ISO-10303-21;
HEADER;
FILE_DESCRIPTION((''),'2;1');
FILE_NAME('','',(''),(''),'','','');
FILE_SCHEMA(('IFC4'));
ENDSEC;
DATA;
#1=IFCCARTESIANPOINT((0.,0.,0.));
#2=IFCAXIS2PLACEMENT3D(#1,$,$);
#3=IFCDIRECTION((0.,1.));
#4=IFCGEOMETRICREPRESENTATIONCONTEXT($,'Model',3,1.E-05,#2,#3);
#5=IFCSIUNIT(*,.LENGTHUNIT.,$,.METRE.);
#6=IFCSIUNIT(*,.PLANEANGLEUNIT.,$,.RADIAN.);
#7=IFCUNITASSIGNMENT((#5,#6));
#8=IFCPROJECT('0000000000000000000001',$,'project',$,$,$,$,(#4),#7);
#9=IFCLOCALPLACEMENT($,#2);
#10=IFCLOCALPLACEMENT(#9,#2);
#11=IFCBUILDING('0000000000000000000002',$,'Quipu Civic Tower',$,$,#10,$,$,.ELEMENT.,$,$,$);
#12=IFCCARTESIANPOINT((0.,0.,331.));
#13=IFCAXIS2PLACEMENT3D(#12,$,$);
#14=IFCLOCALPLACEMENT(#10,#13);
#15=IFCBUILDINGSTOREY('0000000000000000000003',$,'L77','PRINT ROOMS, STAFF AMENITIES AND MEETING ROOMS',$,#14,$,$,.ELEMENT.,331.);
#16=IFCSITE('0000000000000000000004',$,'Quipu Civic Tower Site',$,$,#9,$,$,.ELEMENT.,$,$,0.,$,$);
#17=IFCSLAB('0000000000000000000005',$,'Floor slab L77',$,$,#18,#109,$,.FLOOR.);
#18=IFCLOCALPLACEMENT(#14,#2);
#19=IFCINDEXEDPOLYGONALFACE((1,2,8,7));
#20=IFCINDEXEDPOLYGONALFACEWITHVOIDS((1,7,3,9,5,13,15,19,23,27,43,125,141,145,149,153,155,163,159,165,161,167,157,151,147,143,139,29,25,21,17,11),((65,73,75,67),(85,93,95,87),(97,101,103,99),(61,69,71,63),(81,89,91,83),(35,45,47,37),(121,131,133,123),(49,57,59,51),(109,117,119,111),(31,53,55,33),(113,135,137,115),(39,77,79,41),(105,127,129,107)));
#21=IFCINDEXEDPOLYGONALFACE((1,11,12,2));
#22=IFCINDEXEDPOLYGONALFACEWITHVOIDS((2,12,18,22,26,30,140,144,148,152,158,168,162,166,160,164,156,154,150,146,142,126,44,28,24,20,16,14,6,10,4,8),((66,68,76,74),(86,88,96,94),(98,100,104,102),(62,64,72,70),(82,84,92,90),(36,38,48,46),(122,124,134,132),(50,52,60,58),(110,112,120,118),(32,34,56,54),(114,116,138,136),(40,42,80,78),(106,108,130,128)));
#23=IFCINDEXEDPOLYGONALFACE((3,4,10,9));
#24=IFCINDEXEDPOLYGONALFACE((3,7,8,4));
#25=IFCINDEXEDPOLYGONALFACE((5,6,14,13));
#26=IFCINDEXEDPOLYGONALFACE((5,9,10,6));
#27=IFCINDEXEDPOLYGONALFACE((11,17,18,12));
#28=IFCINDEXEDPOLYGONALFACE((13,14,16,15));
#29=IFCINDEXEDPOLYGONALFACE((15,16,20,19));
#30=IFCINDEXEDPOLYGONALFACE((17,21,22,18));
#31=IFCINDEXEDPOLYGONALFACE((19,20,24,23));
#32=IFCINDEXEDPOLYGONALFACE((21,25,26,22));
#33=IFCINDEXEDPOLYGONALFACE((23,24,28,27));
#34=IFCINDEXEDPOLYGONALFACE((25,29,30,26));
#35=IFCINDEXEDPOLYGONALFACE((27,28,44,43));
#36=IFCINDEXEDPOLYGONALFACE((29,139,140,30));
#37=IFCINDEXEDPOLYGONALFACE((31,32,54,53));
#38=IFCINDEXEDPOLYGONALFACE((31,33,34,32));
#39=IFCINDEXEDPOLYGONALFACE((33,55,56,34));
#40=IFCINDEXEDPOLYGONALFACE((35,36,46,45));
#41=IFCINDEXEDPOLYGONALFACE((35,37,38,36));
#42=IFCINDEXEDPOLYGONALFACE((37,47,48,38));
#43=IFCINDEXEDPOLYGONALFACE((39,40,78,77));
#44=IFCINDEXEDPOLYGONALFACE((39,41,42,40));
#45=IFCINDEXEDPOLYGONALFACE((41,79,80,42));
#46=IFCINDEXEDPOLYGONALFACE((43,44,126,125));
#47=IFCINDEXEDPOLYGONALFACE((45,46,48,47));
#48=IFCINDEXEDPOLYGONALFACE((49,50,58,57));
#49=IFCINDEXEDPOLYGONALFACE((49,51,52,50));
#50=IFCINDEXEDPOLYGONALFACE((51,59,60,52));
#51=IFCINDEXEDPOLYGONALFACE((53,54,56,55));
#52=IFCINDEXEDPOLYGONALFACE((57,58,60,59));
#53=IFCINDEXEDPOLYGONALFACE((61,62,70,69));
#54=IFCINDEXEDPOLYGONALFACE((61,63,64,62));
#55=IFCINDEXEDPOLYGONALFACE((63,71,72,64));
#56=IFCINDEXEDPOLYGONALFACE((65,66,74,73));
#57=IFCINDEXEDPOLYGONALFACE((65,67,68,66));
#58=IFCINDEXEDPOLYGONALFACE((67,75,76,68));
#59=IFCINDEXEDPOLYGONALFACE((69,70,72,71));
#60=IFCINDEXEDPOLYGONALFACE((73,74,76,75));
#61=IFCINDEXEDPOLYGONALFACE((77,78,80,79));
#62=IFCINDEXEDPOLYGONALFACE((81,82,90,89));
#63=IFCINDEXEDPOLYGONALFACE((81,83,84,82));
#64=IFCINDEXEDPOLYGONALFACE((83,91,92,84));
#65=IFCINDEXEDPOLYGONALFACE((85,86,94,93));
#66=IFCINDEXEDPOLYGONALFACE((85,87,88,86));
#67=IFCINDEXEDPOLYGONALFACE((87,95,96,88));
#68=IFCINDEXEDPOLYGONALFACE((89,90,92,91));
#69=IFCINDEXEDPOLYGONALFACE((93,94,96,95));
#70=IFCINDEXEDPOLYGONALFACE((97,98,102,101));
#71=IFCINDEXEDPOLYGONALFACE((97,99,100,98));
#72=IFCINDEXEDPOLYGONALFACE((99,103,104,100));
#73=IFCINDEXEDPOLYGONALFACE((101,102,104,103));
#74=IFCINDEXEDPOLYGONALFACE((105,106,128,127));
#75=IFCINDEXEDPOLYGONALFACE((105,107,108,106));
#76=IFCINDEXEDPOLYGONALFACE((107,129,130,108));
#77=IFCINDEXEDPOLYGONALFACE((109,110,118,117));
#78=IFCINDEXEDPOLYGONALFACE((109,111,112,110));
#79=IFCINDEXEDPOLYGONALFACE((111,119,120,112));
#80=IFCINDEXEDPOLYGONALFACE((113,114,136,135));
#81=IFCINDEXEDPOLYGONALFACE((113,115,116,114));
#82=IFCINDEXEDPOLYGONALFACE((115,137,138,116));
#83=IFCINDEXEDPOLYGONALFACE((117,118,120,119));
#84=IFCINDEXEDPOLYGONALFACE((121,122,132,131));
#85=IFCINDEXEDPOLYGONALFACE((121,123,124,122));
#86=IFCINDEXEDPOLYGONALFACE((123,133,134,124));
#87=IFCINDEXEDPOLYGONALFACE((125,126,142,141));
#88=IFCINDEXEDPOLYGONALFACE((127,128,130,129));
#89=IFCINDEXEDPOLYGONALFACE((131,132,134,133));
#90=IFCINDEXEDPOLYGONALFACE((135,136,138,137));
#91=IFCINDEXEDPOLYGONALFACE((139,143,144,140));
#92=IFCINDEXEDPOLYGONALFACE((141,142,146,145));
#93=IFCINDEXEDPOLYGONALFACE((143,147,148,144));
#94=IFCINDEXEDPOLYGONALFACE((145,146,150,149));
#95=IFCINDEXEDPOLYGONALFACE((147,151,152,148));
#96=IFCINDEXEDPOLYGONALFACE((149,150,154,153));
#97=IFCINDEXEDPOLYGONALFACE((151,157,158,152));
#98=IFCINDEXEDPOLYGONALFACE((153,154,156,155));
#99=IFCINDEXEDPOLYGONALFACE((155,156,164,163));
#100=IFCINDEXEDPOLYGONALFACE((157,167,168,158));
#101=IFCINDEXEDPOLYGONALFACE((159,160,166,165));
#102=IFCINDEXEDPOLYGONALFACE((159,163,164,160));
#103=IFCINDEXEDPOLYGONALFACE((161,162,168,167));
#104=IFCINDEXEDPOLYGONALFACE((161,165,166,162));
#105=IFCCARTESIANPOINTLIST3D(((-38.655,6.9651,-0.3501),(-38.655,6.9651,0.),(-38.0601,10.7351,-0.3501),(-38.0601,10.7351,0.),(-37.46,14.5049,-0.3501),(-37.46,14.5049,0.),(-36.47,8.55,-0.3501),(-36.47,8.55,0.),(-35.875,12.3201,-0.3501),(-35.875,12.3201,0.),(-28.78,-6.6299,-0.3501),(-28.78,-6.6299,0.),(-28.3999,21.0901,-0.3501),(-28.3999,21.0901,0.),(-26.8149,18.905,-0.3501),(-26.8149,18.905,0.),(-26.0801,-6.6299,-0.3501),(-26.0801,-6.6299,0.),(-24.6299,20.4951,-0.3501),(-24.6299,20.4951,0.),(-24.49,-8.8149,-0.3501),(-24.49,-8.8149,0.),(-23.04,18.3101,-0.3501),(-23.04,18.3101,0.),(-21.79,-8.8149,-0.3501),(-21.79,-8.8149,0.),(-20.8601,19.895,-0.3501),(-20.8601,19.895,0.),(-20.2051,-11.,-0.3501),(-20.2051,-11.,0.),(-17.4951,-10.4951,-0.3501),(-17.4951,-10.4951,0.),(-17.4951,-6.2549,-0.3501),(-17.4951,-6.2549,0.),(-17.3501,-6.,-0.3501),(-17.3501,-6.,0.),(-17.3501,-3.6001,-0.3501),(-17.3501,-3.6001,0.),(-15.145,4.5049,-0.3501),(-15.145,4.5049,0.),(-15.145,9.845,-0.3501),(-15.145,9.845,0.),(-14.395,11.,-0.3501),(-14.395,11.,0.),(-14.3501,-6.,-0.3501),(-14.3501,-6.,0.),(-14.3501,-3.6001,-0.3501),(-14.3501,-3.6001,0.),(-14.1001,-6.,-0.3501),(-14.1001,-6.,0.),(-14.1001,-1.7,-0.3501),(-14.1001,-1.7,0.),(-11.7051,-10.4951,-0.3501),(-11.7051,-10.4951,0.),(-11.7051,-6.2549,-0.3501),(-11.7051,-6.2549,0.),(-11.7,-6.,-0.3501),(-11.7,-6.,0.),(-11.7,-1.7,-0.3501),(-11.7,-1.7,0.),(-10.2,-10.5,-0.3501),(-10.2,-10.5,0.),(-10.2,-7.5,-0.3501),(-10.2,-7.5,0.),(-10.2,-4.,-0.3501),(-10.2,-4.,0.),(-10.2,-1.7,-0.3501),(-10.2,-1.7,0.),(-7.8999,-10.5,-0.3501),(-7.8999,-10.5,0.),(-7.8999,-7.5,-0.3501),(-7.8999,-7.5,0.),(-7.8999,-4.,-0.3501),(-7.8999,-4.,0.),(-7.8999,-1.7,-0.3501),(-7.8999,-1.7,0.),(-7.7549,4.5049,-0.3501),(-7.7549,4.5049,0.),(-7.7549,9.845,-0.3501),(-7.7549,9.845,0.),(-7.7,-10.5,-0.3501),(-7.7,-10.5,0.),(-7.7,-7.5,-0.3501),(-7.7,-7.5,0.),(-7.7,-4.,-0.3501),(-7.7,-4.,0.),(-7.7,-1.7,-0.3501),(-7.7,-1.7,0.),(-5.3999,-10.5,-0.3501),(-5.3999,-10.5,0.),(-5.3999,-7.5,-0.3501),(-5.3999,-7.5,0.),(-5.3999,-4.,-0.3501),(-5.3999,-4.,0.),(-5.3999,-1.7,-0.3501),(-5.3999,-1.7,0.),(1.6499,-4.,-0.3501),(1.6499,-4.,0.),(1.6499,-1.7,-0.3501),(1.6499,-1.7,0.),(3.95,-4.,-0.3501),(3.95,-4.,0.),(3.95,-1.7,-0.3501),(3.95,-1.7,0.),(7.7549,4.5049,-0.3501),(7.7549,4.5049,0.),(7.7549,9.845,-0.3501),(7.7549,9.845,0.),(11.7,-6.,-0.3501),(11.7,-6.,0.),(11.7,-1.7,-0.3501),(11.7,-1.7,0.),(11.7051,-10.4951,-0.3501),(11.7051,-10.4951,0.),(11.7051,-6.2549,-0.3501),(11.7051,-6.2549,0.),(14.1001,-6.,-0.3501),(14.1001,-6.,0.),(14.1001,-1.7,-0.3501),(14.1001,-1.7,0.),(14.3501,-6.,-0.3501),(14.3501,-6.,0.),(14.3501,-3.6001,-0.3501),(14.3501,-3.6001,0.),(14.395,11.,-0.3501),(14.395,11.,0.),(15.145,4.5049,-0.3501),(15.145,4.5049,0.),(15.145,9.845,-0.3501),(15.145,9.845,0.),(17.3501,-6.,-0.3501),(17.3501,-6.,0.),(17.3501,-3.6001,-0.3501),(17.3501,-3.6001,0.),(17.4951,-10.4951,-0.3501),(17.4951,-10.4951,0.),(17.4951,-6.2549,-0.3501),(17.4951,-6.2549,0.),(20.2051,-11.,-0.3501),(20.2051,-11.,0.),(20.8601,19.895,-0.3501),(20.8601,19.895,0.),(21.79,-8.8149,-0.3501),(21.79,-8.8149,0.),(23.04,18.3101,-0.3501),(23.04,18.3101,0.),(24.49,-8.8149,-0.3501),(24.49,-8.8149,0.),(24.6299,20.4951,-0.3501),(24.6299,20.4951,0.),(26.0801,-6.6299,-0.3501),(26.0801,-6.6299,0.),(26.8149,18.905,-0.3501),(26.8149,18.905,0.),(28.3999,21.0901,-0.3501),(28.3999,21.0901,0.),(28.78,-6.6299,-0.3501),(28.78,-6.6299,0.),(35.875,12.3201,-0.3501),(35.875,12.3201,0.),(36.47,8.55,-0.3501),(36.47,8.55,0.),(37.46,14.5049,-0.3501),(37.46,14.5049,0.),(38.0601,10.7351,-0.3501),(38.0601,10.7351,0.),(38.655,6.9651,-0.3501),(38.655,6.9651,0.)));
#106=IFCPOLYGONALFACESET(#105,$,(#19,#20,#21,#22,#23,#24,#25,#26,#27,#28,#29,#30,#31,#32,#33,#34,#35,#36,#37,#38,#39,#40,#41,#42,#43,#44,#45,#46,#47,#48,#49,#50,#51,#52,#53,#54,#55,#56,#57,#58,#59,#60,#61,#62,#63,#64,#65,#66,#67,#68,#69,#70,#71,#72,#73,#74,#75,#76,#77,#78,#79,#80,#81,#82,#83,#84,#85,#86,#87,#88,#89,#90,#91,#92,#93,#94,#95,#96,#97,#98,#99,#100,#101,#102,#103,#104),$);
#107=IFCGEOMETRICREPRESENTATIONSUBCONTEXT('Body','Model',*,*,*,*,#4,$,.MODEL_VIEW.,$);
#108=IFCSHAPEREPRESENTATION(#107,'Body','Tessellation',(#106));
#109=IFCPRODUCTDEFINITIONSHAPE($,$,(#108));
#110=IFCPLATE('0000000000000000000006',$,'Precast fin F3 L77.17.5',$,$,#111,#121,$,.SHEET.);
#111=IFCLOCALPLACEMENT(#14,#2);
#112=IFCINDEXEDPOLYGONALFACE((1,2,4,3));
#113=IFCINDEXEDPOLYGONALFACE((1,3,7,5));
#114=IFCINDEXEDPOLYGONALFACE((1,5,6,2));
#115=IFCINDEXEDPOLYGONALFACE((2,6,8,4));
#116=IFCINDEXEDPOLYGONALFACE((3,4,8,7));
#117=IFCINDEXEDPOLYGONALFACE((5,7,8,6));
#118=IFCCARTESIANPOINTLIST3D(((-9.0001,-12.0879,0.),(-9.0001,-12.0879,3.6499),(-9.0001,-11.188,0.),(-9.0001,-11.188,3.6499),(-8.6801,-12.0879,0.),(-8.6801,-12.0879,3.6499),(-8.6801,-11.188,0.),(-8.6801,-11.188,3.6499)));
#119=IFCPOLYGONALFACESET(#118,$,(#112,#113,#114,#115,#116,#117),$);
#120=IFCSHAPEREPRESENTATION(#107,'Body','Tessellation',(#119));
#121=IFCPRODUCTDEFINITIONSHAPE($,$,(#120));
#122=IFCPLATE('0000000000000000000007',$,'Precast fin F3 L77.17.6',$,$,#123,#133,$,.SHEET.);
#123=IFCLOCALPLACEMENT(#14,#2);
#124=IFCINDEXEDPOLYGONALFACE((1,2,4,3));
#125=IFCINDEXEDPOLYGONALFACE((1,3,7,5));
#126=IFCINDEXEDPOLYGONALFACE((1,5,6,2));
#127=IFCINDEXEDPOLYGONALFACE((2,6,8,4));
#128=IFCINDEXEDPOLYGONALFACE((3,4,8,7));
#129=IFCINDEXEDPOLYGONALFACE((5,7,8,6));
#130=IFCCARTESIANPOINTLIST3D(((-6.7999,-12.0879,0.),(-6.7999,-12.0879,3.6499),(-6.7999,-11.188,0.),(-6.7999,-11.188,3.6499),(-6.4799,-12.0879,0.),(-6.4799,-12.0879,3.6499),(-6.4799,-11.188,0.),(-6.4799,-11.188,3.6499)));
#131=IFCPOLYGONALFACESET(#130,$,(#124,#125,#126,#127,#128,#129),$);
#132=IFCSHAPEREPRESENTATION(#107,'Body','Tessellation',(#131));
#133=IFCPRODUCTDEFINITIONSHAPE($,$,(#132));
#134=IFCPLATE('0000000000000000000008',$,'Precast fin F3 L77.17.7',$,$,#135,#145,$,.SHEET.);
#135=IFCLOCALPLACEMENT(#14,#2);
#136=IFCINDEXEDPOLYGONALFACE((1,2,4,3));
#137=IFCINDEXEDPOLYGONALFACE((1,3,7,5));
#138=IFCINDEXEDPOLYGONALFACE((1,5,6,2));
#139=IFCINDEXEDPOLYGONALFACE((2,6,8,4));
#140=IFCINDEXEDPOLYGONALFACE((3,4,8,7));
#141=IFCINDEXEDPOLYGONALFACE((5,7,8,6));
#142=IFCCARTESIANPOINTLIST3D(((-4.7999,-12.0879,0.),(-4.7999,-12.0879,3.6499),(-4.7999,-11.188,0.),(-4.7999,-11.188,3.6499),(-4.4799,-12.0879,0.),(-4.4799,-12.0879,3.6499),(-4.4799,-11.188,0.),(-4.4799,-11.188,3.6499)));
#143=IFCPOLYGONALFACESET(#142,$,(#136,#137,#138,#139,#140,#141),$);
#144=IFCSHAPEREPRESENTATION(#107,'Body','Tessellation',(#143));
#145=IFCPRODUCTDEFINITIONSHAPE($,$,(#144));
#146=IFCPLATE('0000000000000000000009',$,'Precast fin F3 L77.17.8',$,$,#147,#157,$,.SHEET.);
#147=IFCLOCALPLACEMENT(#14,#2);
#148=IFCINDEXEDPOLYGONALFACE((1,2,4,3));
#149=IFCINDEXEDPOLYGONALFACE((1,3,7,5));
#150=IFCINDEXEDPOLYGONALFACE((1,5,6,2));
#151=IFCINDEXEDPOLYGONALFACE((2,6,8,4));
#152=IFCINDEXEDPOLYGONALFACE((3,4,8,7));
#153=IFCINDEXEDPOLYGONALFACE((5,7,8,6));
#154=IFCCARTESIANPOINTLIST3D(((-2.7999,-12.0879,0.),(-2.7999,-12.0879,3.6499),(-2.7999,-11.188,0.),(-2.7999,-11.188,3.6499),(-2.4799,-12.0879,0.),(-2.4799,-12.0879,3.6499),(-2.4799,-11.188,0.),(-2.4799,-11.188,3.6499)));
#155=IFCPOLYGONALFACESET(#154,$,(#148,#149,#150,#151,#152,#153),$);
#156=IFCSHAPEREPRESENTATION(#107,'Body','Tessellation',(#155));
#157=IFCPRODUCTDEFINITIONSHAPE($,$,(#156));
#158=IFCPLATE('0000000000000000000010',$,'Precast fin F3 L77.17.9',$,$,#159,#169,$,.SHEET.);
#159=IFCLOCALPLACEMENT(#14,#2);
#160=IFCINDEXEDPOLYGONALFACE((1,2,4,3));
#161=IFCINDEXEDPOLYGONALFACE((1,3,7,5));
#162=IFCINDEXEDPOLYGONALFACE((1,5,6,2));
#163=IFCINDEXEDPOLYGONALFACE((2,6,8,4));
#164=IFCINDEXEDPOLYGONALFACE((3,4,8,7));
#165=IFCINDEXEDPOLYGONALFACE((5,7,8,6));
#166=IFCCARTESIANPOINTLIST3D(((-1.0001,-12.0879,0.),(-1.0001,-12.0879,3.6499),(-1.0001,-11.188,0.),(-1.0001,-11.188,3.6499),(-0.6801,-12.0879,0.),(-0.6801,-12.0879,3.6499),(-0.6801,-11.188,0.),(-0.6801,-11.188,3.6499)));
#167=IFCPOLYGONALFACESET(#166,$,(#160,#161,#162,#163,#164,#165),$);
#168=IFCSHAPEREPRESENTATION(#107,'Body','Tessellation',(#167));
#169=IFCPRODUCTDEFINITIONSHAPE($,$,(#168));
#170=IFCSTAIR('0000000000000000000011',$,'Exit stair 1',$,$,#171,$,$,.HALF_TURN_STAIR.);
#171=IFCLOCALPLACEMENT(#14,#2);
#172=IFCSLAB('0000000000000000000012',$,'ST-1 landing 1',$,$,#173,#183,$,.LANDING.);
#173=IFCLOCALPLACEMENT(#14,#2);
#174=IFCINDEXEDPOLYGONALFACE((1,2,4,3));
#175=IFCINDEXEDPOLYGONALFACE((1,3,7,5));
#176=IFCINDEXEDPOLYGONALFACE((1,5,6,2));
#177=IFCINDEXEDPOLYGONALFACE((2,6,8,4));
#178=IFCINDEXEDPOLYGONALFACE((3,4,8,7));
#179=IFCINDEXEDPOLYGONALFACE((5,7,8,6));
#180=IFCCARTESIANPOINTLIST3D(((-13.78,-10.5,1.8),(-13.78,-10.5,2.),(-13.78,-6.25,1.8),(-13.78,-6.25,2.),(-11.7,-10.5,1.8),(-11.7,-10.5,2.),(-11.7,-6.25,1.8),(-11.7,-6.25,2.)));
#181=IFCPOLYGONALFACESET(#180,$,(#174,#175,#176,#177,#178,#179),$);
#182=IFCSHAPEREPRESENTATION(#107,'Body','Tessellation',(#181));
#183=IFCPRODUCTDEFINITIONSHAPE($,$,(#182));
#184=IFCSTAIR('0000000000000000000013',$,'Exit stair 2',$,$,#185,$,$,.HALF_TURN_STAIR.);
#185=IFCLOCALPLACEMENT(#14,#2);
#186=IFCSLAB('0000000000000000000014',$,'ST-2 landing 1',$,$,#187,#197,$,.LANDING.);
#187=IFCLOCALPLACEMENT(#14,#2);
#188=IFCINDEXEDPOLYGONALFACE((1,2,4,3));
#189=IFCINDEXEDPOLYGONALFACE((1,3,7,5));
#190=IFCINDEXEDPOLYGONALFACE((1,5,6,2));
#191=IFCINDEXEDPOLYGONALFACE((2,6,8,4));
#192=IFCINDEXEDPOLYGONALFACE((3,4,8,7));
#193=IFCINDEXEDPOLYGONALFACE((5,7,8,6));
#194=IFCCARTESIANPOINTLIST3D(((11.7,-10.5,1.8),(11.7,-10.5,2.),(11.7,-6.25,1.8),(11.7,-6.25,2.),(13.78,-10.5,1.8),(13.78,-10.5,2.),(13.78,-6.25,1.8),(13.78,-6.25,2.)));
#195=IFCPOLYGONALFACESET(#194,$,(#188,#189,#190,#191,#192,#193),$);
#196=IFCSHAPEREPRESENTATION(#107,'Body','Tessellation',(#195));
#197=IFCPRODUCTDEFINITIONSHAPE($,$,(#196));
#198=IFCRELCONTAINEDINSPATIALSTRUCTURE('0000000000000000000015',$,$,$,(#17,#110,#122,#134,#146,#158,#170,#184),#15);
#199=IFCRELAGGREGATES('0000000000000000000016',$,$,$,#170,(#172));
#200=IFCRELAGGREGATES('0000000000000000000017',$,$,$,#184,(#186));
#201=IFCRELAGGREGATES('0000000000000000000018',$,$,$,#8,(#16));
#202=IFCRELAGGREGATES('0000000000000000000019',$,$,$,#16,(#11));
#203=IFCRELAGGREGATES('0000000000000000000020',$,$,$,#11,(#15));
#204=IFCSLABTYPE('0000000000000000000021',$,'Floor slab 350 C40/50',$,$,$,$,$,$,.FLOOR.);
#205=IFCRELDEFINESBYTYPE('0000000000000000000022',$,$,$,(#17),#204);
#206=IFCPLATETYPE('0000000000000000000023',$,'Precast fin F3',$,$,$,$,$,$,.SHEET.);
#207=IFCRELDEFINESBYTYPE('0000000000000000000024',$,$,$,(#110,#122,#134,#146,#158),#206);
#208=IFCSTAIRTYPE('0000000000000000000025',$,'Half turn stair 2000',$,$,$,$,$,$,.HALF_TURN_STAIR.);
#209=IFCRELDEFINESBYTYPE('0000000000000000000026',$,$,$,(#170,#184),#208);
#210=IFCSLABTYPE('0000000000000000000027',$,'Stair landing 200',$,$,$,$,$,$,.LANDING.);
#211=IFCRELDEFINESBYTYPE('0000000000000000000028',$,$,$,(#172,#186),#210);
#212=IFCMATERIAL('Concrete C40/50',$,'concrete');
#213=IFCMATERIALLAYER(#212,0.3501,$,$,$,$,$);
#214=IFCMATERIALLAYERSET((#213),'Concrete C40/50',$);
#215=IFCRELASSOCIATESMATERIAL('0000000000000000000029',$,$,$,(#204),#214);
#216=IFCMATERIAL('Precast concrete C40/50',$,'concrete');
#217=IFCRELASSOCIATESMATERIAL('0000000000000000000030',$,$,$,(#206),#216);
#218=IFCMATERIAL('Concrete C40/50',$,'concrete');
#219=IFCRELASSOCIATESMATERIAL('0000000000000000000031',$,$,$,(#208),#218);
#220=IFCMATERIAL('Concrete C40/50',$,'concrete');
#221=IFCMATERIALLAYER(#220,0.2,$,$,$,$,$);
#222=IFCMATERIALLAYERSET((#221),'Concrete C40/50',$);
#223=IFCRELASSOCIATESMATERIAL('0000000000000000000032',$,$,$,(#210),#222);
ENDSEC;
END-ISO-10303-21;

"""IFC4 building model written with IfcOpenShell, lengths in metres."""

from ifc_helpers import new_model, si_unit, direction, frame, origin, origin_2d, place, context, subcontext, project, spatial, polyline, rectangle, outline, extrude, material, layer, layer_set, type_object, element, aggregate, save


model = new_model("IFC4")

# Units and contexts
model_context = context("Model", 3, precision=1e-05, world=origin(), true_north=direction((0.0, 1.0)))
body_context = subcontext(model_context, "Body", "Model", "MODEL_VIEW")
ifc_project = project(units=[si_unit("LENGTHUNIT", "METRE"), si_unit("PLANEANGLEUNIT", "RADIAN")], contexts=[model_context])

# Site, building, storey
site_placement = place(None, origin())
site = spatial("IfcSite", under=ifc_project, at=site_placement, Name="Quipu Civic Tower Site", CompositionType="ELEMENT", RefElevation=0.0)
building_placement = place(site_placement, origin())
building = spatial("IfcBuilding", under=site, at=building_placement, Name="Quipu Civic Tower", CompositionType="ELEMENT")
storey_placement = place(building_placement, frame((0.0, 0.0, 331.0)))
storey = spatial("IfcBuildingStorey", under=building, at=storey_placement, Name="L77", Description="PRINT ROOMS, STAFF AMENITIES AND MEETING ROOMS", CompositionType="ELEMENT", Elevation=331.0)

# Slab
ifc_material_1 = material(Name="Concrete C40/50", Category="concrete")
ifc_layer_1 = layer(ifc_material_1, 0.3501)
ifc_layer_set_1 = layer_set([ifc_layer_1], Name="Concrete C40/50")
slab_type_1 = type_object("IfcSlabType", Name="Floor slab 350 C40/50", PredefinedType="FLOOR", material=ifc_layer_set_1)
slab_1_placement = place(storey_placement, frame((0.0, 0.0, -0.3501)))
element("IfcSlab", 1, at=slab_1_placement, inside=storey, type_object=slab_type_1, Name="Floor slab L77", PredefinedType="FLOOR", context=body_context, shape_type="SweptSolid", body=[
    extrude(outline(polyline([(20.8601, 19.895), (23.04, 18.3101), (24.6299, 20.4951), (26.8149, 18.905), (28.3999, 21.0901), (37.46, 14.5049), (35.875, 12.3201), (38.0601, 10.7351), (36.47, 8.55), (38.655, 6.9651), (28.78, -6.6299), (26.0801, -6.6299), (24.49, -8.8149), (21.79, -8.8149), (20.2051, -11.0), (-20.2051, -11.0), (-21.79, -8.8149), (-24.49, -8.8149), (-26.0801, -6.6299), (-28.78, -6.6299), (-38.655, 6.9651), (-36.47, 8.55), (-38.0601, 10.7351), (-35.875, 12.3201), (-37.46, 14.5049), (-28.3999, 21.0901), (-26.8149, 18.905), (-24.6299, 20.4951), (-23.04, 18.3101), (-20.8601, 19.895), (-14.395, 11.0), (14.395, 11.0), (20.8601, 19.895)]), holes=[polyline([(-10.2, -10.5), (-7.8999, -10.5), (-7.8999, -7.5), (-10.2, -7.5), (-10.2, -10.5)]), polyline([(-7.7, -7.5), (-7.7, -10.5), (-5.3999, -10.5), (-5.3999, -7.5), (-7.7, -7.5)]), polyline([(-11.7051, -6.2549), (-17.4951, -6.2549), (-17.4951, -10.4951), (-11.7051, -10.4951), (-11.7051, -6.2549)]), polyline([(-17.3501, -6.0), (-14.3501, -6.0), (-14.3501, -3.6001), (-17.3501, -3.6001), (-17.3501, -6.0)]), polyline([(-14.1001, -1.7), (-14.1001, -6.0), (-11.7, -6.0), (-11.7, -1.7), (-14.1001, -1.7)]), polyline([(-10.2, -1.7), (-10.2, -4.0), (-7.8999, -4.0), (-7.8999, -1.7), (-10.2, -1.7)]), polyline([(-15.145, 9.845), (-15.145, 4.5049), (-7.7549, 4.5049), (-7.7549, 9.845), (-15.145, 9.845)]), polyline([(11.7051, -10.4951), (17.4951, -10.4951), (17.4951, -6.2549), (11.7051, -6.2549), (11.7051, -10.4951)]), polyline([(14.3501, -3.6001), (14.3501, -6.0), (17.3501, -6.0), (17.3501, -3.6001), (14.3501, -3.6001)]), polyline([(11.7, -1.7), (11.7, -6.0), (14.1001, -6.0), (14.1001, -1.7), (11.7, -1.7)]), polyline([(-7.7, -1.7), (-7.7, -4.0), (-5.3999, -4.0), (-5.3999, -1.7), (-7.7, -1.7)]), polyline([(1.6499, -1.7), (1.6499, -4.0), (3.95, -4.0), (3.95, -1.7), (1.6499, -1.7)]), polyline([(7.7549, 4.5049), (15.145, 4.5049), (15.145, 9.845), (7.7549, 9.845), (7.7549, 4.5049)])]), origin(), (0.0, 0.0, 1.0), 0.3501),
])

# Plates
ifc_material_2 = material(Name="Precast concrete C40/50", Category="concrete")
plate_type = type_object("IfcPlateType", Name="Precast fin F3", PredefinedType="SHEET", material=ifc_material_2)
for number, where, z_axis, x_axis, name in (
    (2, (-8.8401, -11.6379, 0.0), (0.0, 0.0, 1.0), (1.0, 0.0, 0.0), "Precast fin F3 L77.17.5"),
    (3, (-6.6399, -11.6379, 0.0), (0.0, 0.0, 1.0), (1.0, 0.0, 0.0), "Precast fin F3 L77.17.6"),
    (4, (-4.6399, -11.6379, 0.0), (0.0, 0.0, 1.0), (1.0, 0.0, 0.0), "Precast fin F3 L77.17.7"),
    (5, (-2.6399, -11.6379, 0.0), (0.0, 0.0, 1.0), (1.0, 0.0, 0.0), "Precast fin F3 L77.17.8"),
    (6, (-0.8401, -11.6379, 0.0), (0.0, 0.0, 1.0), (1.0, 0.0, 0.0), "Precast fin F3 L77.17.9"),
):
    element("IfcPlate", number, at=place(storey_placement, frame(where, z_axis=z_axis, x_axis=x_axis)), inside=storey, type_object=plate_type, Name=name, PredefinedType="SHEET", context=body_context, shape_type="SweptSolid", body=[
        extrude(rectangle(XDim=0.3201, YDim=0.8999, at=origin_2d()), origin(), (0.0, 0.0, 1.0), 3.6499),
    ])

# Stairs, slabs
ifc_material_3 = material(Name="Concrete C40/50", Category="concrete")
stair_type_1 = type_object("IfcStairType", Name="Half turn stair 2000", PredefinedType="HALF_TURN_STAIR", material=ifc_material_3)
stair_1_placement = place(storey_placement, origin())
stair_1 = element("IfcStair", 7, at=stair_1_placement, inside=storey, type_object=stair_type_1, Name="Exit stair 1", PredefinedType="HALF_TURN_STAIR")
ifc_material_4 = material(Name="Concrete C40/50", Category="concrete")
ifc_layer_2 = layer(ifc_material_4, 0.2)
ifc_layer_set_2 = layer_set([ifc_layer_2], Name="Concrete C40/50")
slab_type_2 = type_object("IfcSlabType", Name="Stair landing 200", PredefinedType="LANDING", material=ifc_layer_set_2)
slab_2_placement = place(storey_placement, frame((0.0, 0.0, 1.8)))
slab_2 = element("IfcSlab", 8, at=slab_2_placement, type_object=slab_type_2, Name="ST-1 landing 1", PredefinedType="LANDING", context=body_context, shape_type="SweptSolid", body=[
    extrude(outline(polyline([(-13.78, -10.5), (-11.7, -10.5), (-11.7, -6.25), (-13.78, -6.25), (-13.78, -10.5)])), origin(), (0.0, 0.0, 1.0), 0.2),
])
aggregate(stair_1, [slab_2])
stair_2_placement = place(storey_placement, origin())
stair_2 = element("IfcStair", 9, at=stair_2_placement, inside=storey, type_object=stair_type_1, Name="Exit stair 2", PredefinedType="HALF_TURN_STAIR")
slab_3_placement = place(storey_placement, frame((0.0, 0.0, 1.8)))
slab_3 = element("IfcSlab", 10, at=slab_3_placement, type_object=slab_type_2, Name="ST-2 landing 1", PredefinedType="LANDING", context=body_context, shape_type="SweptSolid", body=[
    extrude(outline(polyline([(13.78, -6.25), (11.7, -6.25), (11.7, -10.5), (13.78, -10.5), (13.78, -6.25)])), origin(), (0.0, 0.0, 1.0), 0.2),
])
aggregate(stair_2, [slab_3])

save(model, "model.ifc")
